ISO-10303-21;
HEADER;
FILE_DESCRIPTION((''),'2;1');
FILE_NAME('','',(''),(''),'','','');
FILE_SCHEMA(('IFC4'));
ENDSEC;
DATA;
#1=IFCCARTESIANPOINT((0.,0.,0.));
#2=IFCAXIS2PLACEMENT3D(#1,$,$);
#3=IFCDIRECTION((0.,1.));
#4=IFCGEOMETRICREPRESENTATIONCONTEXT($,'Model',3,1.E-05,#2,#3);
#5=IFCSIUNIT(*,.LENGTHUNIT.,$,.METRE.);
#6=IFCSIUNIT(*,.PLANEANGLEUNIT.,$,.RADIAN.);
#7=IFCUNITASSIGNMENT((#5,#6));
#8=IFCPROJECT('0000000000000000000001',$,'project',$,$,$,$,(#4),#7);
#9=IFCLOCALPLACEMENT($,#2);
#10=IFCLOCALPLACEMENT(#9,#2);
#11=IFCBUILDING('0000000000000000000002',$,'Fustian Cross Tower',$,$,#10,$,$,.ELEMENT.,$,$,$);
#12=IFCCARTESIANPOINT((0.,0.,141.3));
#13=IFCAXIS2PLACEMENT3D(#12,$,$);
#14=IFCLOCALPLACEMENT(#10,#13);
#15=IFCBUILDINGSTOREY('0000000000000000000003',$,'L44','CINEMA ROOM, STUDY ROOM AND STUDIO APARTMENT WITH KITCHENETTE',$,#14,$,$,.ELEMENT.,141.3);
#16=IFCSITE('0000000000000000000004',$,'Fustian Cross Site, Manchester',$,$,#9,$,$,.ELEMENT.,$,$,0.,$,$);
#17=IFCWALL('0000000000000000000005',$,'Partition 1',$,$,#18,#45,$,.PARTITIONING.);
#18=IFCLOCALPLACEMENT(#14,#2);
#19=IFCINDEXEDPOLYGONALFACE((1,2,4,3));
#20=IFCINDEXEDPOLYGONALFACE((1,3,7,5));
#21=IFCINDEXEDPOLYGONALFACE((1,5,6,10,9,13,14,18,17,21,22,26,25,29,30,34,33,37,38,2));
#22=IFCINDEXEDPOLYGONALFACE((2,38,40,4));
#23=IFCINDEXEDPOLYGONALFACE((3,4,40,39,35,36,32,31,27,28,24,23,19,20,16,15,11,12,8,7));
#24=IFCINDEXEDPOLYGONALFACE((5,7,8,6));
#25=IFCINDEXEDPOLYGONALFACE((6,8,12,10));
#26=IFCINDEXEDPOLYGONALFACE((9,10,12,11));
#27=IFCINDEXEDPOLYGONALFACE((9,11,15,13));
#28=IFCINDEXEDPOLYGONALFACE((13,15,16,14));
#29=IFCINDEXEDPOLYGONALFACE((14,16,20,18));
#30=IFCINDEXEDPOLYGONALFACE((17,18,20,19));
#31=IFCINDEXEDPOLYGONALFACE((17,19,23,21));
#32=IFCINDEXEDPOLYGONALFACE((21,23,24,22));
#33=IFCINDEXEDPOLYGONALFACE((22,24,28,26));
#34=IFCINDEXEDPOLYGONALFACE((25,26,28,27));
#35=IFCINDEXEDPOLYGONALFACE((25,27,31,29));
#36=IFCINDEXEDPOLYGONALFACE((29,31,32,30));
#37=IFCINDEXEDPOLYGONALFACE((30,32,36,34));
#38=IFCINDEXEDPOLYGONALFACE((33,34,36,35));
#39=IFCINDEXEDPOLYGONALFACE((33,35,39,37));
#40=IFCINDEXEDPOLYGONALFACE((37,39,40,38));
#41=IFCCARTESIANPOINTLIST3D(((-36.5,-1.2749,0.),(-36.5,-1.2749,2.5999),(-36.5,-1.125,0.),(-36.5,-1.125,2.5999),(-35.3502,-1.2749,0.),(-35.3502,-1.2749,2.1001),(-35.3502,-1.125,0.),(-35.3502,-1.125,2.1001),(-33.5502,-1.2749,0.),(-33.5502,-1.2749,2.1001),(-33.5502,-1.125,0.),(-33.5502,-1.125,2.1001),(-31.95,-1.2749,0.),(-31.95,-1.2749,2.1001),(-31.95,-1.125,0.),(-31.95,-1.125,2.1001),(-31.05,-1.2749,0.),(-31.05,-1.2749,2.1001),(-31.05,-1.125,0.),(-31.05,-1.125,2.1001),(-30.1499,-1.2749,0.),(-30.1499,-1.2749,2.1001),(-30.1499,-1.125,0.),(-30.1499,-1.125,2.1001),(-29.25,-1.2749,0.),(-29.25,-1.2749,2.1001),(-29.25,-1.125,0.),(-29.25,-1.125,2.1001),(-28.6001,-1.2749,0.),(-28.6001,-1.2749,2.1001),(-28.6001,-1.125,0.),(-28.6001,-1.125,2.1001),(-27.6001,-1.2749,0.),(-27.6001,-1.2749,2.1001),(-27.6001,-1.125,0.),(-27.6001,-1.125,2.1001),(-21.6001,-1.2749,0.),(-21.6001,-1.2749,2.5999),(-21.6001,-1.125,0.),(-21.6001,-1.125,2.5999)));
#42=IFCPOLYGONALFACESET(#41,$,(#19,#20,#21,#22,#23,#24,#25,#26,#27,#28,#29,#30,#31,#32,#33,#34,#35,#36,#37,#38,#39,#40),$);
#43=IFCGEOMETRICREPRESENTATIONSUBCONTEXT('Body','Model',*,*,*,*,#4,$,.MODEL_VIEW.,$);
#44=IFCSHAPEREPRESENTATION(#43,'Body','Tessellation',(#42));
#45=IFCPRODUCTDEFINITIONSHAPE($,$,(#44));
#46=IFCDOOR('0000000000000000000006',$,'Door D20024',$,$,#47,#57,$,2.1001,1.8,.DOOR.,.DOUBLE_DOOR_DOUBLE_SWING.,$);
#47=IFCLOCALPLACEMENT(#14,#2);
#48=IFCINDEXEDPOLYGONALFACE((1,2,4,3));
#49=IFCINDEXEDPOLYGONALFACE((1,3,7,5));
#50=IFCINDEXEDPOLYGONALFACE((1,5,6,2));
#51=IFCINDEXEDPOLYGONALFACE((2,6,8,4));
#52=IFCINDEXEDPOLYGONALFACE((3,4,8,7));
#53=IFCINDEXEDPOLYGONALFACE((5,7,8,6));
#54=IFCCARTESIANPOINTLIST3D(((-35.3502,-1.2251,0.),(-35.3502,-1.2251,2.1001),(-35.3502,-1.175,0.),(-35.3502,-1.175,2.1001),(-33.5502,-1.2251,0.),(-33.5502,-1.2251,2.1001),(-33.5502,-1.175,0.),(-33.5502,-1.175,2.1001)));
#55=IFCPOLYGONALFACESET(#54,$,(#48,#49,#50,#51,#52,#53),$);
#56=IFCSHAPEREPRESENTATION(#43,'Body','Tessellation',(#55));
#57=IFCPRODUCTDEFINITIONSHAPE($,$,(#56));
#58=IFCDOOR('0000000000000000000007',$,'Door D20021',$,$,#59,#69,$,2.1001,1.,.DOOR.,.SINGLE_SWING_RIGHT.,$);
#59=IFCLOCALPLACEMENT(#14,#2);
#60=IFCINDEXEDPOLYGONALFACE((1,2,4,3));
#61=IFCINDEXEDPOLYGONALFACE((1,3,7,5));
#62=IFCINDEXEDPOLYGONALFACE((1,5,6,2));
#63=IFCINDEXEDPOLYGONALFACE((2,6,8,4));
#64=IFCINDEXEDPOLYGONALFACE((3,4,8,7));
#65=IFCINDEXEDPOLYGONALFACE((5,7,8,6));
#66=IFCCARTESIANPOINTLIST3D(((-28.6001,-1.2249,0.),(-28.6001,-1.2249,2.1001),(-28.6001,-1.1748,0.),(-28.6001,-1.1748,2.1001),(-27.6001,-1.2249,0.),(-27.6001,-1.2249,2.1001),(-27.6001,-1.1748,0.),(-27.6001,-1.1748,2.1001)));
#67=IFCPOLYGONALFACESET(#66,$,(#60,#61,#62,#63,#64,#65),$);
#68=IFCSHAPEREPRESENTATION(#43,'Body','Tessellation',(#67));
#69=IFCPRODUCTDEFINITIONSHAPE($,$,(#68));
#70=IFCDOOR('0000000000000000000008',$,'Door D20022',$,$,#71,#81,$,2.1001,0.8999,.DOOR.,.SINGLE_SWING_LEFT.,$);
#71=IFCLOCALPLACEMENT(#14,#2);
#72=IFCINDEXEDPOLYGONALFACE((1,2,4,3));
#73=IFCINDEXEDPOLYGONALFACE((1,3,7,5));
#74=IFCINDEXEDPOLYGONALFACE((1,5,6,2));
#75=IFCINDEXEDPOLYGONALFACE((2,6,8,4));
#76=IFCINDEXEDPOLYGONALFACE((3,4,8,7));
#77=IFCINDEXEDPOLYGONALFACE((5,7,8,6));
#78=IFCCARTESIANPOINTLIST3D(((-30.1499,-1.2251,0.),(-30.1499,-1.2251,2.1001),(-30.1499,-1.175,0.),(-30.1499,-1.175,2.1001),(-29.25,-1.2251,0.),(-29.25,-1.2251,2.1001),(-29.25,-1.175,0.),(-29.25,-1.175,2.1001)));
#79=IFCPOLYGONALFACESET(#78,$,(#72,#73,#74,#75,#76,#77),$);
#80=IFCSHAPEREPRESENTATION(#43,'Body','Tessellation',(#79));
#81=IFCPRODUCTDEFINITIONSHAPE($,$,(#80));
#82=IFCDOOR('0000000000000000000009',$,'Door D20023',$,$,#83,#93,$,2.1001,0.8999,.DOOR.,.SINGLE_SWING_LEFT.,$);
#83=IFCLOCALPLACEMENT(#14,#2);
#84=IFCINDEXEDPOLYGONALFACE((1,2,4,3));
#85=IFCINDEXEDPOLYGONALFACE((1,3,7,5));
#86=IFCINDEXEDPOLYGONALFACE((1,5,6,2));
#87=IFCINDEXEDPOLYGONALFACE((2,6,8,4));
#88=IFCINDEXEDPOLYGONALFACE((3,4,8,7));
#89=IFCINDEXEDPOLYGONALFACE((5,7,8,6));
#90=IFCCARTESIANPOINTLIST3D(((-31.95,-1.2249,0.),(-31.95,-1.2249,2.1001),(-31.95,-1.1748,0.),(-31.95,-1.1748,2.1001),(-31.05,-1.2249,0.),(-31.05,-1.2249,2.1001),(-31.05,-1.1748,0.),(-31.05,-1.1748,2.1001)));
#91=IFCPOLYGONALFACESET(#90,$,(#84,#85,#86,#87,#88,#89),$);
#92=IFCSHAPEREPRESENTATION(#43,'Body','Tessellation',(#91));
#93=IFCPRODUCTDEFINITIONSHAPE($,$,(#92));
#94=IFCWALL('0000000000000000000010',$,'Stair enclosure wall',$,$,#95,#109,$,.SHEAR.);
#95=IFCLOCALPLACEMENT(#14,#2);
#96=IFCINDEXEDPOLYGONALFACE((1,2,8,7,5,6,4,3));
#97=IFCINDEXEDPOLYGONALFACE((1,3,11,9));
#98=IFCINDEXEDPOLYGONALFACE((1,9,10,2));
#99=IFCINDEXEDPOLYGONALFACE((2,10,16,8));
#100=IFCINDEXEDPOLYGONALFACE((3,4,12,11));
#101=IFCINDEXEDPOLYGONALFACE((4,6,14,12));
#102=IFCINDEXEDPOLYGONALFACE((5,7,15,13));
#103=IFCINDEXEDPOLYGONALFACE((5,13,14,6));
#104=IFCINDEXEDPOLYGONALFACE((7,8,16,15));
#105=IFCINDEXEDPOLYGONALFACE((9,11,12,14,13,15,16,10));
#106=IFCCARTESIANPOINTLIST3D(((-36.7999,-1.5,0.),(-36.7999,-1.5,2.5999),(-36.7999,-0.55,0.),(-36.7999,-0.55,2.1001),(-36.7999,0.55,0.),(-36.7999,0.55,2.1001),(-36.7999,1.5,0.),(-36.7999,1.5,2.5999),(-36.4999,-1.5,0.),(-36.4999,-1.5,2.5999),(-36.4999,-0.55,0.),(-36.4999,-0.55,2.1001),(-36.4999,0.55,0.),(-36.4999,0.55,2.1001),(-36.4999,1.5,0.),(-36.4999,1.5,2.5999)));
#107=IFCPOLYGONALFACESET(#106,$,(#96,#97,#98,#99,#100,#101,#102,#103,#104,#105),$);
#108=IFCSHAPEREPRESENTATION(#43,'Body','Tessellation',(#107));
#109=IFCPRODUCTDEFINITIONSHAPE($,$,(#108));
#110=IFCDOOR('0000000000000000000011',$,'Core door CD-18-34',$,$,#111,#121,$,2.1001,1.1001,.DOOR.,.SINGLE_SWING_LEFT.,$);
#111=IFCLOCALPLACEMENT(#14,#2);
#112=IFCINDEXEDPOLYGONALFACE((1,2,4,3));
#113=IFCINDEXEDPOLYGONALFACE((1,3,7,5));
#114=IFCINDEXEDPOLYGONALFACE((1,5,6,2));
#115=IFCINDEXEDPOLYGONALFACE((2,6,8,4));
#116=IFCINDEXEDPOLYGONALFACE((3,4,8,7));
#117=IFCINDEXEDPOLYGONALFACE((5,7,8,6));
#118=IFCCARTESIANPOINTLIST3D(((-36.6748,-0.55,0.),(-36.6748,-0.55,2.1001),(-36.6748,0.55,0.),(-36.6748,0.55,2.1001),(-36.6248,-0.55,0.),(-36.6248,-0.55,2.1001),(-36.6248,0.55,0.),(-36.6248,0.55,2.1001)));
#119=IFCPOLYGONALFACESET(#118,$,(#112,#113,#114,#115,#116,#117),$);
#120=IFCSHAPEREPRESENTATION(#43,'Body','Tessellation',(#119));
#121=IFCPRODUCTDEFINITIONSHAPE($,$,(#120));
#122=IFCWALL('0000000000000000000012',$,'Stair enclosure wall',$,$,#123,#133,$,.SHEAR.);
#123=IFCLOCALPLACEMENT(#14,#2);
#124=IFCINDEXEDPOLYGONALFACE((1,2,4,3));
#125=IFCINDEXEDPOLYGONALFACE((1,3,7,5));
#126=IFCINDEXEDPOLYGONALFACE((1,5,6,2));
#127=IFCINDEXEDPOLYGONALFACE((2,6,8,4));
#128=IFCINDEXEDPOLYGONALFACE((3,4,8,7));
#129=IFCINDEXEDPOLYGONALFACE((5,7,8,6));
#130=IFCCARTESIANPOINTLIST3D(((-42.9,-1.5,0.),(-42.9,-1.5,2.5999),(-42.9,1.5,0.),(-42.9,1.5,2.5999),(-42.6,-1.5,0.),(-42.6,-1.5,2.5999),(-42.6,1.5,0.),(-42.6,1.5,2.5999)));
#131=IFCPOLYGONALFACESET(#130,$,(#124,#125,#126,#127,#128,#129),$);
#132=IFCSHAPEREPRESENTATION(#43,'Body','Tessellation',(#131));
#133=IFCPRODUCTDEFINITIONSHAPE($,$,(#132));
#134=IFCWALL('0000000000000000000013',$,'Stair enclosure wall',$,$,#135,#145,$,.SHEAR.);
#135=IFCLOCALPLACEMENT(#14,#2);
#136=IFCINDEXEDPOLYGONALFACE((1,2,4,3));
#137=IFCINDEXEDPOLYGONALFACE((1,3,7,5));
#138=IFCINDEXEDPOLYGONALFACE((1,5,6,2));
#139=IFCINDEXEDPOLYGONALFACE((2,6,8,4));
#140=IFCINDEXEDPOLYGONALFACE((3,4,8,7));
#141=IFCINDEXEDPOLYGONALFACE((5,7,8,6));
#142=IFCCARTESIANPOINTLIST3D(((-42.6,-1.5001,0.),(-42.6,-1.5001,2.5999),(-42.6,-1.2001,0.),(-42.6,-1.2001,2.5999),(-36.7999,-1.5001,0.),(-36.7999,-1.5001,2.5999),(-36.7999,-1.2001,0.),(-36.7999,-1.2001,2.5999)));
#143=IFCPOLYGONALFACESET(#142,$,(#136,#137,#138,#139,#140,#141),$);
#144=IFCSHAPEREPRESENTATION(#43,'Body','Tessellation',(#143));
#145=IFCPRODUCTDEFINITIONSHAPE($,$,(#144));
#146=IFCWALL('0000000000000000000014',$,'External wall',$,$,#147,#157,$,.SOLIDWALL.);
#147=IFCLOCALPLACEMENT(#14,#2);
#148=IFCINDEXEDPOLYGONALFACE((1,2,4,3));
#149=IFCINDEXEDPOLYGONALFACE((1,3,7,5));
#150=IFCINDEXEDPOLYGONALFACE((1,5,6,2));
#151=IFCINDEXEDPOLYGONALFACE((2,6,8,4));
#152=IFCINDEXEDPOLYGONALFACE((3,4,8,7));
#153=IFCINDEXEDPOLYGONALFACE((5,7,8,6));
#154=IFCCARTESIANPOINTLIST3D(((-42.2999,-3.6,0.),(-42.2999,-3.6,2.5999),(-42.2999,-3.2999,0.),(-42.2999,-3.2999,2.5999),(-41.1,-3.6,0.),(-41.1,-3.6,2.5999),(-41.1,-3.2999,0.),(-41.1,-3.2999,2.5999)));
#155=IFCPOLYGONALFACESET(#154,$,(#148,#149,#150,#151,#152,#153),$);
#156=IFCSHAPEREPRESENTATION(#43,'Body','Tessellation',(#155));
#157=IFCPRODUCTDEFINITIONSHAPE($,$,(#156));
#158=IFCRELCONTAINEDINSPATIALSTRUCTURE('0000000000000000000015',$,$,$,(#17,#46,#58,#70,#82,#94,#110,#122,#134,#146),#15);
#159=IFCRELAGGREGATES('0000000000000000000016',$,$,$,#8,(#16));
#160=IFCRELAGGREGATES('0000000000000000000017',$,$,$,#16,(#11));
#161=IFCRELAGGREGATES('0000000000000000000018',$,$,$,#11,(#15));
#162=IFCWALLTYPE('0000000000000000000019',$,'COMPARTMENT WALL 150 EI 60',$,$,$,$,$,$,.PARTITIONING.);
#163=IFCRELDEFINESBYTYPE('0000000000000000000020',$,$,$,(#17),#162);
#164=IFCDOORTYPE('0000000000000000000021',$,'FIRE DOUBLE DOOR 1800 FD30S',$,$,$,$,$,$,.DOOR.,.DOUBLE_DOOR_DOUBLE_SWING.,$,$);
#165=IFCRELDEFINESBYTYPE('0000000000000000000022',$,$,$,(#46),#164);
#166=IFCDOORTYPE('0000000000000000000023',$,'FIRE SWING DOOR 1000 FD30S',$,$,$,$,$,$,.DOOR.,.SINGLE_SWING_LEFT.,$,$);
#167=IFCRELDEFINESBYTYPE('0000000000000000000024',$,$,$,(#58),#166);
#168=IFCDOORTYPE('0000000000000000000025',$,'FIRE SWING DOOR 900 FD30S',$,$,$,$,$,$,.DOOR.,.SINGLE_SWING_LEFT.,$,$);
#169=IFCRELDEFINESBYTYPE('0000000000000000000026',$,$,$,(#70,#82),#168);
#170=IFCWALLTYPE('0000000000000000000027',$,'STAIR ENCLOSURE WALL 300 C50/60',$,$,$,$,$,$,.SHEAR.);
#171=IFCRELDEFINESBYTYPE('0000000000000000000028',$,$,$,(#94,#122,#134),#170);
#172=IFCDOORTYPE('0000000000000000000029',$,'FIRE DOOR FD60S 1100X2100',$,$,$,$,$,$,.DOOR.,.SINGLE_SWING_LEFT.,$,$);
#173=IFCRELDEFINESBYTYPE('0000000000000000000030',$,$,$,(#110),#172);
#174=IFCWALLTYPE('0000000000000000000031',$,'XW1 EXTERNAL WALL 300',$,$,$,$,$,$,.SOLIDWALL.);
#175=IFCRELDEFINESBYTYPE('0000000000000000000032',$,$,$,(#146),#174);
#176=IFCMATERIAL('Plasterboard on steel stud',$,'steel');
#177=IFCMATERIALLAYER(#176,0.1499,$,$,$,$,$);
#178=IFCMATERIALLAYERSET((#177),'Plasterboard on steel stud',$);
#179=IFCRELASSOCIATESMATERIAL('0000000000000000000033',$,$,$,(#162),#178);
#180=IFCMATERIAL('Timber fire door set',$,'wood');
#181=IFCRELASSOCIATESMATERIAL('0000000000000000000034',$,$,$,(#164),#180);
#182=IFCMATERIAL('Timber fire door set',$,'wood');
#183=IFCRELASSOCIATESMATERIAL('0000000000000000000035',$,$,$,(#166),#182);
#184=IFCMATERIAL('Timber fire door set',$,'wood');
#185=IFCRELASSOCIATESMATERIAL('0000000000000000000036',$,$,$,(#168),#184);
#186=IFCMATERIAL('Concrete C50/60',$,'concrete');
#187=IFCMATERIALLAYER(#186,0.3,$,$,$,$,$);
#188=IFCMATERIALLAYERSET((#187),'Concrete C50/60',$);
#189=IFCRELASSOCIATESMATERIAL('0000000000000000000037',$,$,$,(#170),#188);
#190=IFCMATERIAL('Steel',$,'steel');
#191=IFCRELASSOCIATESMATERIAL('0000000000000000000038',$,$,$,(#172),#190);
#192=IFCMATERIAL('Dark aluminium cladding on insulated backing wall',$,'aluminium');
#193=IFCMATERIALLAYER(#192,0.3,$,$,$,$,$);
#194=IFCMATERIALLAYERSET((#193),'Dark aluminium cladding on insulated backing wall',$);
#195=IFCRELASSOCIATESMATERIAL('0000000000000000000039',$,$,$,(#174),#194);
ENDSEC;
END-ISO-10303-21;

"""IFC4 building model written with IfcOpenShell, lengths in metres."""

from ifc_helpers import new_model, si_unit, direction, frame, frame_2d, origin, place, context, subcontext, project, spatial, rectangle, extrude, material, layer, layer_set, type_object, element, fill, save


model = new_model("IFC4")

# Units and contexts
model_context = context("Model", 3, precision=1e-05, world=origin(), true_north=direction((0.0, 1.0)))
body_context = subcontext(model_context, "Body", "Model", "MODEL_VIEW")
ifc_project = project(units=[si_unit("LENGTHUNIT", "METRE"), si_unit("PLANEANGLEUNIT", "RADIAN")], contexts=[model_context])

# Site, building, storey
site_placement = place(None, origin())
site = spatial("IfcSite", under=ifc_project, at=site_placement, Name="Fustian Cross Site, Manchester", CompositionType="ELEMENT", RefElevation=0.0)
building_placement = place(site_placement, origin())
building = spatial("IfcBuilding", under=site, at=building_placement, Name="Fustian Cross Tower", CompositionType="ELEMENT")
storey_placement = place(building_placement, frame((0.0, 0.0, 141.3)))
storey = spatial("IfcBuildingStorey", under=building, at=storey_placement, Name="L44", Description="CINEMA ROOM, STUDY ROOM AND STUDIO APARTMENT WITH KITCHENETTE", CompositionType="ELEMENT", Elevation=141.3)

# Wall, openings, doors
ifc_material_1 = material(Name="Plasterboard on steel stud", Category="steel")
ifc_layer_1 = layer(ifc_material_1, 0.1499)
ifc_layer_set_1 = layer_set([ifc_layer_1], Name="Plasterboard on steel stud")
wall_type_1 = type_object("IfcWallType", Name="COMPARTMENT WALL 150 EI 60", PredefinedType="PARTITIONING", material=ifc_layer_set_1)
wall_1_placement = place(storey_placement, frame((-36.5, -1.2, 0.0), z_axis=(0.0, 0.0, 1.0), x_axis=(1.0, 0.0, 0.0)))
wall_1 = element("IfcWall", 1, at=wall_1_placement, inside=storey, type_object=wall_type_1, Name="Partition 1", PredefinedType="PARTITIONING", context=body_context, shape_type="SweptSolid", body=[
    extrude(rectangle(XDim=14.8999, YDim=0.1499, at=frame_2d((7.45, 0.0))), origin(), (0.0, 0.0, 1.0), 2.5999),
])
opening_1_placement = place(wall_1_placement, frame((7.8999, 0.0, 0.0)))
opening_1 = element("IfcOpeningElement", 2, at=opening_1_placement, cuts=wall_1, PredefinedType="OPENING", context=body_context, shape_type="SweptSolid", body=[
    extrude(rectangle(XDim=1.0, YDim=2.1001, at=frame_2d((0.5, 1.05))), frame((0.0, 0.085, 0.0), z_axis=(0.0, -1.0, 0.0), x_axis=(1.0, 0.0, 0.0)), (0.0, 0.0, 1.0), 0.1699),
])
opening_2_placement = place(wall_1_placement, frame((6.3501, 0.0, 0.0)))
opening_2 = element("IfcOpeningElement", 3, at=opening_2_placement, cuts=wall_1, PredefinedType="OPENING", context=body_context, shape_type="SweptSolid", body=[
    extrude(rectangle(XDim=0.8999, YDim=2.1001, at=frame_2d((0.45, 1.05))), frame((0.0, 0.085, 0.0), z_axis=(0.0, -1.0, 0.0), x_axis=(1.0, 0.0, 0.0)), (0.0, 0.0, 1.0), 0.1699),
])
opening_3_placement = place(wall_1_placement, frame((4.55, 0.0, 0.0)))
opening_3 = element("IfcOpeningElement", 4, at=opening_3_placement, cuts=wall_1, PredefinedType="OPENING", context=body_context, shape_type="SweptSolid", body=[
    extrude(rectangle(XDim=0.8999, YDim=2.1001, at=frame_2d((0.45, 1.05))), frame((0.0, 0.085, 0.0), z_axis=(0.0, -1.0, 0.0), x_axis=(1.0, 0.0, 0.0)), (0.0, 0.0, 1.0), 0.1699),
])
opening_4_placement = place(wall_1_placement, frame((1.1499, 0.0, 0.0)))
opening_4 = element("IfcOpeningElement", 5, at=opening_4_placement, cuts=wall_1, PredefinedType="OPENING", context=body_context, shape_type="SweptSolid", body=[
    extrude(rectangle(XDim=1.8, YDim=2.1001, at=frame_2d((0.8999, 1.05))), frame((0.0, 0.085, 0.0), z_axis=(0.0, -1.0, 0.0), x_axis=(1.0, 0.0, 0.0)), (0.0, 0.0, 1.0), 0.1699),
])
ifc_material_2 = material(Name="Timber fire door set", Category="wood")
door_type_1 = type_object("IfcDoorType", Name="FIRE DOUBLE DOOR 1800 FD30S", OperationType="DOUBLE_DOOR_DOUBLE_SWING", PredefinedType="DOOR", material=ifc_material_2)
door_1_placement = place(opening_4_placement, origin())
door_1 = element("IfcDoor", 6, at=door_1_placement, inside=storey, type_object=door_type_1, Name="Door D20024", OperationType="DOUBLE_DOOR_DOUBLE_SWING", OverallHeight=2.1001, OverallWidth=1.8, PredefinedType="DOOR", context=body_context, shape_type="SweptSolid", body=[
    extrude(rectangle(XDim=1.8, YDim=2.1001, at=frame_2d((0.8999, 1.05))), frame((0.0, 0.0249, 0.0), z_axis=(0.0, -1.0, 0.0), x_axis=(1.0, 0.0, 0.0)), (0.0, 0.0, 1.0), 0.05),
])
fill(opening_4, door_1)
ifc_material_3 = material(Name="Timber fire door set", Category="wood")
door_type_2 = type_object("IfcDoorType", Name="FIRE SWING DOOR 1000 FD30S", OperationType="SINGLE_SWING_LEFT", PredefinedType="DOOR", material=ifc_material_3)
door_2_placement = place(opening_1_placement, frame((1.0, 0.0, 0.0), z_axis=(0.0, 0.0, 1.0), x_axis=(-1.0, 0.0, 0.0)))
door_2 = element("IfcDoor", 7, at=door_2_placement, inside=storey, type_object=door_type_2, Name="Door D20021", OperationType="SINGLE_SWING_RIGHT", OverallHeight=2.1001, OverallWidth=1.0, PredefinedType="DOOR", context=body_context, shape_type="SweptSolid", body=[
    extrude(rectangle(XDim=1.0, YDim=2.1001, at=frame_2d((0.5, 1.05))), frame((0.0, 0.0249, 0.0), z_axis=(0.0, -1.0, 0.0), x_axis=(1.0, 0.0, 0.0)), (0.0, 0.0, 1.0), 0.05),
])
fill(opening_1, door_2)
ifc_material_4 = material(Name="Timber fire door set", Category="wood")
door_type_3 = type_object("IfcDoorType", Name="FIRE SWING DOOR 900 FD30S", OperationType="SINGLE_SWING_LEFT", PredefinedType="DOOR", material=ifc_material_4)
door_3_placement = place(opening_2_placement, origin())
door_3 = element("IfcDoor", 8, at=door_3_placement, inside=storey, type_object=door_type_3, Name="Door D20022", OperationType="SINGLE_SWING_LEFT", OverallHeight=2.1001, OverallWidth=0.8999, PredefinedType="DOOR", context=body_context, shape_type="SweptSolid", body=[
    extrude(rectangle(XDim=0.8999, YDim=2.1001, at=frame_2d((0.45, 1.05))), frame((0.0, 0.0249, 0.0), z_axis=(0.0, -1.0, 0.0), x_axis=(1.0, 0.0, 0.0)), (0.0, 0.0, 1.0), 0.05),
])
fill(opening_2, door_3)
door_4_placement = place(opening_3_placement, frame((0.8999, 0.0, 0.0), z_axis=(0.0, 0.0, 1.0), x_axis=(-1.0, 0.0, 0.0)))
door_4 = element("IfcDoor", 9, at=door_4_placement, inside=storey, type_object=door_type_3, Name="Door D20023", OperationType="SINGLE_SWING_LEFT", OverallHeight=2.1001, OverallWidth=0.8999, PredefinedType="DOOR", context=body_context, shape_type="SweptSolid", body=[
    extrude(rectangle(XDim=0.8999, YDim=2.1001, at=frame_2d((0.45, 1.05))), frame((0.0, 0.0249, 0.0), z_axis=(0.0, -1.0, 0.0), x_axis=(1.0, 0.0, 0.0)), (0.0, 0.0, 1.0), 0.05),
])
fill(opening_3, door_4)

# Wall, opening, door
ifc_material_5 = material(Name="Concrete C50/60", Category="concrete")
ifc_layer_2 = layer(ifc_material_5, 0.3)
ifc_layer_set_2 = layer_set([ifc_layer_2], Name="Concrete C50/60")
wall_type_2 = type_object("IfcWallType", Name="STAIR ENCLOSURE WALL 300 C50/60", PredefinedType="SHEAR", material=ifc_layer_set_2)
wall_2_placement = place(storey_placement, frame((-36.6499, -1.5, 0.0), z_axis=(0.0, 0.0, 1.0), x_axis=(0.0, 1.0, 0.0)))
wall_2 = element("IfcWall", 10, at=wall_2_placement, inside=storey, type_object=wall_type_2, Name="Stair enclosure wall", PredefinedType="SHEAR", context=body_context, shape_type="SweptSolid", body=[
    extrude(rectangle(XDim=3.0, YDim=0.3, at=frame_2d((1.5, 0.0))), origin(), (0.0, 0.0, 1.0), 2.5999),
])
opening_5_placement = place(wall_2_placement, frame((0.95, 0.0, 0.0)))
opening_5 = element("IfcOpeningElement", 11, at=opening_5_placement, cuts=wall_2, PredefinedType="OPENING", context=body_context, shape_type="SweptSolid", body=[
    extrude(rectangle(XDim=1.1001, YDim=2.1001, at=frame_2d((0.55, 1.05))), frame((0.0, 0.1599, 0.0), z_axis=(0.0, -1.0, 0.0), x_axis=(1.0, 0.0, 0.0)), (0.0, 0.0, 1.0), 0.3201),
])
ifc_material_6 = material(Name="Steel", Category="steel")
door_type_4 = type_object("IfcDoorType", Name="FIRE DOOR FD60S 1100X2100", OperationType="SINGLE_SWING_LEFT", PredefinedType="DOOR", material=ifc_material_6)
door_5_placement = place(opening_5_placement, origin())
door_5 = element("IfcDoor", 12, at=door_5_placement, inside=storey, type_object=door_type_4, Name="Core door CD-18-34", OperationType="SINGLE_SWING_LEFT", OverallHeight=2.1001, OverallWidth=1.1001, PredefinedType="DOOR", context=body_context, shape_type="SweptSolid", body=[
    extrude(rectangle(XDim=1.1001, YDim=2.1001, at=frame_2d((0.55, 1.05))), frame((0.0, 0.0249, 0.0), z_axis=(0.0, -1.0, 0.0), x_axis=(1.0, 0.0, 0.0)), (0.0, 0.0, 1.0), 0.05),
])
fill(opening_5, door_5)

# Walls
wall_3_placement = place(storey_placement, frame((-42.75, -1.5, 0.0), z_axis=(0.0, 0.0, 1.0), x_axis=(0.0, 1.0, 0.0)))
element("IfcWall", 13, at=wall_3_placement, inside=storey, type_object=wall_type_2, Name="Stair enclosure wall", PredefinedType="SHEAR", context=body_context, shape_type="SweptSolid", body=[
    extrude(rectangle(XDim=3.0, YDim=0.3, at=frame_2d((1.5, 0.0))), origin(), (0.0, 0.0, 1.0), 2.5999),
])
wall_4_placement = place(storey_placement, frame((-36.8, -1.3501, 0.0), z_axis=(0.0, 0.0, 1.0), x_axis=(-1.0, 0.0, 0.0)))
element("IfcWall", 14, at=wall_4_placement, inside=storey, type_object=wall_type_2, Name="Stair enclosure wall", PredefinedType="SHEAR", context=body_context, shape_type="SweptSolid", body=[
    extrude(rectangle(XDim=5.8, YDim=0.3, at=frame_2d((2.8999, 0.0))), origin(), (0.0, 0.0, 1.0), 2.5999),
])
ifc_material_7 = material(Name="Dark aluminium cladding on insulated backing wall", Category="aluminium")
ifc_layer_3 = layer(ifc_material_7, 0.3)
ifc_layer_set_3 = layer_set([ifc_layer_3], Name="Dark aluminium cladding on insulated backing wall")
wall_type_3 = type_object("IfcWallType", Name="XW1 EXTERNAL WALL 300", PredefinedType="SOLIDWALL", material=ifc_layer_set_3)
wall_5_placement = place(storey_placement, frame((-42.3, -3.45, 0.0), z_axis=(0.0, 0.0, 1.0), x_axis=(1.0, 0.0, 0.0)))
element("IfcWall", 15, at=wall_5_placement, inside=storey, type_object=wall_type_3, Name="External wall", PredefinedType="SOLIDWALL", context=body_context, shape_type="SweptSolid", body=[
    extrude(rectangle(XDim=1.2, YDim=0.3, at=frame_2d((0.6001, 0.0))), origin(), (0.0, 0.0, 1.0), 2.5999),
])

save(model, "model.ifc")
